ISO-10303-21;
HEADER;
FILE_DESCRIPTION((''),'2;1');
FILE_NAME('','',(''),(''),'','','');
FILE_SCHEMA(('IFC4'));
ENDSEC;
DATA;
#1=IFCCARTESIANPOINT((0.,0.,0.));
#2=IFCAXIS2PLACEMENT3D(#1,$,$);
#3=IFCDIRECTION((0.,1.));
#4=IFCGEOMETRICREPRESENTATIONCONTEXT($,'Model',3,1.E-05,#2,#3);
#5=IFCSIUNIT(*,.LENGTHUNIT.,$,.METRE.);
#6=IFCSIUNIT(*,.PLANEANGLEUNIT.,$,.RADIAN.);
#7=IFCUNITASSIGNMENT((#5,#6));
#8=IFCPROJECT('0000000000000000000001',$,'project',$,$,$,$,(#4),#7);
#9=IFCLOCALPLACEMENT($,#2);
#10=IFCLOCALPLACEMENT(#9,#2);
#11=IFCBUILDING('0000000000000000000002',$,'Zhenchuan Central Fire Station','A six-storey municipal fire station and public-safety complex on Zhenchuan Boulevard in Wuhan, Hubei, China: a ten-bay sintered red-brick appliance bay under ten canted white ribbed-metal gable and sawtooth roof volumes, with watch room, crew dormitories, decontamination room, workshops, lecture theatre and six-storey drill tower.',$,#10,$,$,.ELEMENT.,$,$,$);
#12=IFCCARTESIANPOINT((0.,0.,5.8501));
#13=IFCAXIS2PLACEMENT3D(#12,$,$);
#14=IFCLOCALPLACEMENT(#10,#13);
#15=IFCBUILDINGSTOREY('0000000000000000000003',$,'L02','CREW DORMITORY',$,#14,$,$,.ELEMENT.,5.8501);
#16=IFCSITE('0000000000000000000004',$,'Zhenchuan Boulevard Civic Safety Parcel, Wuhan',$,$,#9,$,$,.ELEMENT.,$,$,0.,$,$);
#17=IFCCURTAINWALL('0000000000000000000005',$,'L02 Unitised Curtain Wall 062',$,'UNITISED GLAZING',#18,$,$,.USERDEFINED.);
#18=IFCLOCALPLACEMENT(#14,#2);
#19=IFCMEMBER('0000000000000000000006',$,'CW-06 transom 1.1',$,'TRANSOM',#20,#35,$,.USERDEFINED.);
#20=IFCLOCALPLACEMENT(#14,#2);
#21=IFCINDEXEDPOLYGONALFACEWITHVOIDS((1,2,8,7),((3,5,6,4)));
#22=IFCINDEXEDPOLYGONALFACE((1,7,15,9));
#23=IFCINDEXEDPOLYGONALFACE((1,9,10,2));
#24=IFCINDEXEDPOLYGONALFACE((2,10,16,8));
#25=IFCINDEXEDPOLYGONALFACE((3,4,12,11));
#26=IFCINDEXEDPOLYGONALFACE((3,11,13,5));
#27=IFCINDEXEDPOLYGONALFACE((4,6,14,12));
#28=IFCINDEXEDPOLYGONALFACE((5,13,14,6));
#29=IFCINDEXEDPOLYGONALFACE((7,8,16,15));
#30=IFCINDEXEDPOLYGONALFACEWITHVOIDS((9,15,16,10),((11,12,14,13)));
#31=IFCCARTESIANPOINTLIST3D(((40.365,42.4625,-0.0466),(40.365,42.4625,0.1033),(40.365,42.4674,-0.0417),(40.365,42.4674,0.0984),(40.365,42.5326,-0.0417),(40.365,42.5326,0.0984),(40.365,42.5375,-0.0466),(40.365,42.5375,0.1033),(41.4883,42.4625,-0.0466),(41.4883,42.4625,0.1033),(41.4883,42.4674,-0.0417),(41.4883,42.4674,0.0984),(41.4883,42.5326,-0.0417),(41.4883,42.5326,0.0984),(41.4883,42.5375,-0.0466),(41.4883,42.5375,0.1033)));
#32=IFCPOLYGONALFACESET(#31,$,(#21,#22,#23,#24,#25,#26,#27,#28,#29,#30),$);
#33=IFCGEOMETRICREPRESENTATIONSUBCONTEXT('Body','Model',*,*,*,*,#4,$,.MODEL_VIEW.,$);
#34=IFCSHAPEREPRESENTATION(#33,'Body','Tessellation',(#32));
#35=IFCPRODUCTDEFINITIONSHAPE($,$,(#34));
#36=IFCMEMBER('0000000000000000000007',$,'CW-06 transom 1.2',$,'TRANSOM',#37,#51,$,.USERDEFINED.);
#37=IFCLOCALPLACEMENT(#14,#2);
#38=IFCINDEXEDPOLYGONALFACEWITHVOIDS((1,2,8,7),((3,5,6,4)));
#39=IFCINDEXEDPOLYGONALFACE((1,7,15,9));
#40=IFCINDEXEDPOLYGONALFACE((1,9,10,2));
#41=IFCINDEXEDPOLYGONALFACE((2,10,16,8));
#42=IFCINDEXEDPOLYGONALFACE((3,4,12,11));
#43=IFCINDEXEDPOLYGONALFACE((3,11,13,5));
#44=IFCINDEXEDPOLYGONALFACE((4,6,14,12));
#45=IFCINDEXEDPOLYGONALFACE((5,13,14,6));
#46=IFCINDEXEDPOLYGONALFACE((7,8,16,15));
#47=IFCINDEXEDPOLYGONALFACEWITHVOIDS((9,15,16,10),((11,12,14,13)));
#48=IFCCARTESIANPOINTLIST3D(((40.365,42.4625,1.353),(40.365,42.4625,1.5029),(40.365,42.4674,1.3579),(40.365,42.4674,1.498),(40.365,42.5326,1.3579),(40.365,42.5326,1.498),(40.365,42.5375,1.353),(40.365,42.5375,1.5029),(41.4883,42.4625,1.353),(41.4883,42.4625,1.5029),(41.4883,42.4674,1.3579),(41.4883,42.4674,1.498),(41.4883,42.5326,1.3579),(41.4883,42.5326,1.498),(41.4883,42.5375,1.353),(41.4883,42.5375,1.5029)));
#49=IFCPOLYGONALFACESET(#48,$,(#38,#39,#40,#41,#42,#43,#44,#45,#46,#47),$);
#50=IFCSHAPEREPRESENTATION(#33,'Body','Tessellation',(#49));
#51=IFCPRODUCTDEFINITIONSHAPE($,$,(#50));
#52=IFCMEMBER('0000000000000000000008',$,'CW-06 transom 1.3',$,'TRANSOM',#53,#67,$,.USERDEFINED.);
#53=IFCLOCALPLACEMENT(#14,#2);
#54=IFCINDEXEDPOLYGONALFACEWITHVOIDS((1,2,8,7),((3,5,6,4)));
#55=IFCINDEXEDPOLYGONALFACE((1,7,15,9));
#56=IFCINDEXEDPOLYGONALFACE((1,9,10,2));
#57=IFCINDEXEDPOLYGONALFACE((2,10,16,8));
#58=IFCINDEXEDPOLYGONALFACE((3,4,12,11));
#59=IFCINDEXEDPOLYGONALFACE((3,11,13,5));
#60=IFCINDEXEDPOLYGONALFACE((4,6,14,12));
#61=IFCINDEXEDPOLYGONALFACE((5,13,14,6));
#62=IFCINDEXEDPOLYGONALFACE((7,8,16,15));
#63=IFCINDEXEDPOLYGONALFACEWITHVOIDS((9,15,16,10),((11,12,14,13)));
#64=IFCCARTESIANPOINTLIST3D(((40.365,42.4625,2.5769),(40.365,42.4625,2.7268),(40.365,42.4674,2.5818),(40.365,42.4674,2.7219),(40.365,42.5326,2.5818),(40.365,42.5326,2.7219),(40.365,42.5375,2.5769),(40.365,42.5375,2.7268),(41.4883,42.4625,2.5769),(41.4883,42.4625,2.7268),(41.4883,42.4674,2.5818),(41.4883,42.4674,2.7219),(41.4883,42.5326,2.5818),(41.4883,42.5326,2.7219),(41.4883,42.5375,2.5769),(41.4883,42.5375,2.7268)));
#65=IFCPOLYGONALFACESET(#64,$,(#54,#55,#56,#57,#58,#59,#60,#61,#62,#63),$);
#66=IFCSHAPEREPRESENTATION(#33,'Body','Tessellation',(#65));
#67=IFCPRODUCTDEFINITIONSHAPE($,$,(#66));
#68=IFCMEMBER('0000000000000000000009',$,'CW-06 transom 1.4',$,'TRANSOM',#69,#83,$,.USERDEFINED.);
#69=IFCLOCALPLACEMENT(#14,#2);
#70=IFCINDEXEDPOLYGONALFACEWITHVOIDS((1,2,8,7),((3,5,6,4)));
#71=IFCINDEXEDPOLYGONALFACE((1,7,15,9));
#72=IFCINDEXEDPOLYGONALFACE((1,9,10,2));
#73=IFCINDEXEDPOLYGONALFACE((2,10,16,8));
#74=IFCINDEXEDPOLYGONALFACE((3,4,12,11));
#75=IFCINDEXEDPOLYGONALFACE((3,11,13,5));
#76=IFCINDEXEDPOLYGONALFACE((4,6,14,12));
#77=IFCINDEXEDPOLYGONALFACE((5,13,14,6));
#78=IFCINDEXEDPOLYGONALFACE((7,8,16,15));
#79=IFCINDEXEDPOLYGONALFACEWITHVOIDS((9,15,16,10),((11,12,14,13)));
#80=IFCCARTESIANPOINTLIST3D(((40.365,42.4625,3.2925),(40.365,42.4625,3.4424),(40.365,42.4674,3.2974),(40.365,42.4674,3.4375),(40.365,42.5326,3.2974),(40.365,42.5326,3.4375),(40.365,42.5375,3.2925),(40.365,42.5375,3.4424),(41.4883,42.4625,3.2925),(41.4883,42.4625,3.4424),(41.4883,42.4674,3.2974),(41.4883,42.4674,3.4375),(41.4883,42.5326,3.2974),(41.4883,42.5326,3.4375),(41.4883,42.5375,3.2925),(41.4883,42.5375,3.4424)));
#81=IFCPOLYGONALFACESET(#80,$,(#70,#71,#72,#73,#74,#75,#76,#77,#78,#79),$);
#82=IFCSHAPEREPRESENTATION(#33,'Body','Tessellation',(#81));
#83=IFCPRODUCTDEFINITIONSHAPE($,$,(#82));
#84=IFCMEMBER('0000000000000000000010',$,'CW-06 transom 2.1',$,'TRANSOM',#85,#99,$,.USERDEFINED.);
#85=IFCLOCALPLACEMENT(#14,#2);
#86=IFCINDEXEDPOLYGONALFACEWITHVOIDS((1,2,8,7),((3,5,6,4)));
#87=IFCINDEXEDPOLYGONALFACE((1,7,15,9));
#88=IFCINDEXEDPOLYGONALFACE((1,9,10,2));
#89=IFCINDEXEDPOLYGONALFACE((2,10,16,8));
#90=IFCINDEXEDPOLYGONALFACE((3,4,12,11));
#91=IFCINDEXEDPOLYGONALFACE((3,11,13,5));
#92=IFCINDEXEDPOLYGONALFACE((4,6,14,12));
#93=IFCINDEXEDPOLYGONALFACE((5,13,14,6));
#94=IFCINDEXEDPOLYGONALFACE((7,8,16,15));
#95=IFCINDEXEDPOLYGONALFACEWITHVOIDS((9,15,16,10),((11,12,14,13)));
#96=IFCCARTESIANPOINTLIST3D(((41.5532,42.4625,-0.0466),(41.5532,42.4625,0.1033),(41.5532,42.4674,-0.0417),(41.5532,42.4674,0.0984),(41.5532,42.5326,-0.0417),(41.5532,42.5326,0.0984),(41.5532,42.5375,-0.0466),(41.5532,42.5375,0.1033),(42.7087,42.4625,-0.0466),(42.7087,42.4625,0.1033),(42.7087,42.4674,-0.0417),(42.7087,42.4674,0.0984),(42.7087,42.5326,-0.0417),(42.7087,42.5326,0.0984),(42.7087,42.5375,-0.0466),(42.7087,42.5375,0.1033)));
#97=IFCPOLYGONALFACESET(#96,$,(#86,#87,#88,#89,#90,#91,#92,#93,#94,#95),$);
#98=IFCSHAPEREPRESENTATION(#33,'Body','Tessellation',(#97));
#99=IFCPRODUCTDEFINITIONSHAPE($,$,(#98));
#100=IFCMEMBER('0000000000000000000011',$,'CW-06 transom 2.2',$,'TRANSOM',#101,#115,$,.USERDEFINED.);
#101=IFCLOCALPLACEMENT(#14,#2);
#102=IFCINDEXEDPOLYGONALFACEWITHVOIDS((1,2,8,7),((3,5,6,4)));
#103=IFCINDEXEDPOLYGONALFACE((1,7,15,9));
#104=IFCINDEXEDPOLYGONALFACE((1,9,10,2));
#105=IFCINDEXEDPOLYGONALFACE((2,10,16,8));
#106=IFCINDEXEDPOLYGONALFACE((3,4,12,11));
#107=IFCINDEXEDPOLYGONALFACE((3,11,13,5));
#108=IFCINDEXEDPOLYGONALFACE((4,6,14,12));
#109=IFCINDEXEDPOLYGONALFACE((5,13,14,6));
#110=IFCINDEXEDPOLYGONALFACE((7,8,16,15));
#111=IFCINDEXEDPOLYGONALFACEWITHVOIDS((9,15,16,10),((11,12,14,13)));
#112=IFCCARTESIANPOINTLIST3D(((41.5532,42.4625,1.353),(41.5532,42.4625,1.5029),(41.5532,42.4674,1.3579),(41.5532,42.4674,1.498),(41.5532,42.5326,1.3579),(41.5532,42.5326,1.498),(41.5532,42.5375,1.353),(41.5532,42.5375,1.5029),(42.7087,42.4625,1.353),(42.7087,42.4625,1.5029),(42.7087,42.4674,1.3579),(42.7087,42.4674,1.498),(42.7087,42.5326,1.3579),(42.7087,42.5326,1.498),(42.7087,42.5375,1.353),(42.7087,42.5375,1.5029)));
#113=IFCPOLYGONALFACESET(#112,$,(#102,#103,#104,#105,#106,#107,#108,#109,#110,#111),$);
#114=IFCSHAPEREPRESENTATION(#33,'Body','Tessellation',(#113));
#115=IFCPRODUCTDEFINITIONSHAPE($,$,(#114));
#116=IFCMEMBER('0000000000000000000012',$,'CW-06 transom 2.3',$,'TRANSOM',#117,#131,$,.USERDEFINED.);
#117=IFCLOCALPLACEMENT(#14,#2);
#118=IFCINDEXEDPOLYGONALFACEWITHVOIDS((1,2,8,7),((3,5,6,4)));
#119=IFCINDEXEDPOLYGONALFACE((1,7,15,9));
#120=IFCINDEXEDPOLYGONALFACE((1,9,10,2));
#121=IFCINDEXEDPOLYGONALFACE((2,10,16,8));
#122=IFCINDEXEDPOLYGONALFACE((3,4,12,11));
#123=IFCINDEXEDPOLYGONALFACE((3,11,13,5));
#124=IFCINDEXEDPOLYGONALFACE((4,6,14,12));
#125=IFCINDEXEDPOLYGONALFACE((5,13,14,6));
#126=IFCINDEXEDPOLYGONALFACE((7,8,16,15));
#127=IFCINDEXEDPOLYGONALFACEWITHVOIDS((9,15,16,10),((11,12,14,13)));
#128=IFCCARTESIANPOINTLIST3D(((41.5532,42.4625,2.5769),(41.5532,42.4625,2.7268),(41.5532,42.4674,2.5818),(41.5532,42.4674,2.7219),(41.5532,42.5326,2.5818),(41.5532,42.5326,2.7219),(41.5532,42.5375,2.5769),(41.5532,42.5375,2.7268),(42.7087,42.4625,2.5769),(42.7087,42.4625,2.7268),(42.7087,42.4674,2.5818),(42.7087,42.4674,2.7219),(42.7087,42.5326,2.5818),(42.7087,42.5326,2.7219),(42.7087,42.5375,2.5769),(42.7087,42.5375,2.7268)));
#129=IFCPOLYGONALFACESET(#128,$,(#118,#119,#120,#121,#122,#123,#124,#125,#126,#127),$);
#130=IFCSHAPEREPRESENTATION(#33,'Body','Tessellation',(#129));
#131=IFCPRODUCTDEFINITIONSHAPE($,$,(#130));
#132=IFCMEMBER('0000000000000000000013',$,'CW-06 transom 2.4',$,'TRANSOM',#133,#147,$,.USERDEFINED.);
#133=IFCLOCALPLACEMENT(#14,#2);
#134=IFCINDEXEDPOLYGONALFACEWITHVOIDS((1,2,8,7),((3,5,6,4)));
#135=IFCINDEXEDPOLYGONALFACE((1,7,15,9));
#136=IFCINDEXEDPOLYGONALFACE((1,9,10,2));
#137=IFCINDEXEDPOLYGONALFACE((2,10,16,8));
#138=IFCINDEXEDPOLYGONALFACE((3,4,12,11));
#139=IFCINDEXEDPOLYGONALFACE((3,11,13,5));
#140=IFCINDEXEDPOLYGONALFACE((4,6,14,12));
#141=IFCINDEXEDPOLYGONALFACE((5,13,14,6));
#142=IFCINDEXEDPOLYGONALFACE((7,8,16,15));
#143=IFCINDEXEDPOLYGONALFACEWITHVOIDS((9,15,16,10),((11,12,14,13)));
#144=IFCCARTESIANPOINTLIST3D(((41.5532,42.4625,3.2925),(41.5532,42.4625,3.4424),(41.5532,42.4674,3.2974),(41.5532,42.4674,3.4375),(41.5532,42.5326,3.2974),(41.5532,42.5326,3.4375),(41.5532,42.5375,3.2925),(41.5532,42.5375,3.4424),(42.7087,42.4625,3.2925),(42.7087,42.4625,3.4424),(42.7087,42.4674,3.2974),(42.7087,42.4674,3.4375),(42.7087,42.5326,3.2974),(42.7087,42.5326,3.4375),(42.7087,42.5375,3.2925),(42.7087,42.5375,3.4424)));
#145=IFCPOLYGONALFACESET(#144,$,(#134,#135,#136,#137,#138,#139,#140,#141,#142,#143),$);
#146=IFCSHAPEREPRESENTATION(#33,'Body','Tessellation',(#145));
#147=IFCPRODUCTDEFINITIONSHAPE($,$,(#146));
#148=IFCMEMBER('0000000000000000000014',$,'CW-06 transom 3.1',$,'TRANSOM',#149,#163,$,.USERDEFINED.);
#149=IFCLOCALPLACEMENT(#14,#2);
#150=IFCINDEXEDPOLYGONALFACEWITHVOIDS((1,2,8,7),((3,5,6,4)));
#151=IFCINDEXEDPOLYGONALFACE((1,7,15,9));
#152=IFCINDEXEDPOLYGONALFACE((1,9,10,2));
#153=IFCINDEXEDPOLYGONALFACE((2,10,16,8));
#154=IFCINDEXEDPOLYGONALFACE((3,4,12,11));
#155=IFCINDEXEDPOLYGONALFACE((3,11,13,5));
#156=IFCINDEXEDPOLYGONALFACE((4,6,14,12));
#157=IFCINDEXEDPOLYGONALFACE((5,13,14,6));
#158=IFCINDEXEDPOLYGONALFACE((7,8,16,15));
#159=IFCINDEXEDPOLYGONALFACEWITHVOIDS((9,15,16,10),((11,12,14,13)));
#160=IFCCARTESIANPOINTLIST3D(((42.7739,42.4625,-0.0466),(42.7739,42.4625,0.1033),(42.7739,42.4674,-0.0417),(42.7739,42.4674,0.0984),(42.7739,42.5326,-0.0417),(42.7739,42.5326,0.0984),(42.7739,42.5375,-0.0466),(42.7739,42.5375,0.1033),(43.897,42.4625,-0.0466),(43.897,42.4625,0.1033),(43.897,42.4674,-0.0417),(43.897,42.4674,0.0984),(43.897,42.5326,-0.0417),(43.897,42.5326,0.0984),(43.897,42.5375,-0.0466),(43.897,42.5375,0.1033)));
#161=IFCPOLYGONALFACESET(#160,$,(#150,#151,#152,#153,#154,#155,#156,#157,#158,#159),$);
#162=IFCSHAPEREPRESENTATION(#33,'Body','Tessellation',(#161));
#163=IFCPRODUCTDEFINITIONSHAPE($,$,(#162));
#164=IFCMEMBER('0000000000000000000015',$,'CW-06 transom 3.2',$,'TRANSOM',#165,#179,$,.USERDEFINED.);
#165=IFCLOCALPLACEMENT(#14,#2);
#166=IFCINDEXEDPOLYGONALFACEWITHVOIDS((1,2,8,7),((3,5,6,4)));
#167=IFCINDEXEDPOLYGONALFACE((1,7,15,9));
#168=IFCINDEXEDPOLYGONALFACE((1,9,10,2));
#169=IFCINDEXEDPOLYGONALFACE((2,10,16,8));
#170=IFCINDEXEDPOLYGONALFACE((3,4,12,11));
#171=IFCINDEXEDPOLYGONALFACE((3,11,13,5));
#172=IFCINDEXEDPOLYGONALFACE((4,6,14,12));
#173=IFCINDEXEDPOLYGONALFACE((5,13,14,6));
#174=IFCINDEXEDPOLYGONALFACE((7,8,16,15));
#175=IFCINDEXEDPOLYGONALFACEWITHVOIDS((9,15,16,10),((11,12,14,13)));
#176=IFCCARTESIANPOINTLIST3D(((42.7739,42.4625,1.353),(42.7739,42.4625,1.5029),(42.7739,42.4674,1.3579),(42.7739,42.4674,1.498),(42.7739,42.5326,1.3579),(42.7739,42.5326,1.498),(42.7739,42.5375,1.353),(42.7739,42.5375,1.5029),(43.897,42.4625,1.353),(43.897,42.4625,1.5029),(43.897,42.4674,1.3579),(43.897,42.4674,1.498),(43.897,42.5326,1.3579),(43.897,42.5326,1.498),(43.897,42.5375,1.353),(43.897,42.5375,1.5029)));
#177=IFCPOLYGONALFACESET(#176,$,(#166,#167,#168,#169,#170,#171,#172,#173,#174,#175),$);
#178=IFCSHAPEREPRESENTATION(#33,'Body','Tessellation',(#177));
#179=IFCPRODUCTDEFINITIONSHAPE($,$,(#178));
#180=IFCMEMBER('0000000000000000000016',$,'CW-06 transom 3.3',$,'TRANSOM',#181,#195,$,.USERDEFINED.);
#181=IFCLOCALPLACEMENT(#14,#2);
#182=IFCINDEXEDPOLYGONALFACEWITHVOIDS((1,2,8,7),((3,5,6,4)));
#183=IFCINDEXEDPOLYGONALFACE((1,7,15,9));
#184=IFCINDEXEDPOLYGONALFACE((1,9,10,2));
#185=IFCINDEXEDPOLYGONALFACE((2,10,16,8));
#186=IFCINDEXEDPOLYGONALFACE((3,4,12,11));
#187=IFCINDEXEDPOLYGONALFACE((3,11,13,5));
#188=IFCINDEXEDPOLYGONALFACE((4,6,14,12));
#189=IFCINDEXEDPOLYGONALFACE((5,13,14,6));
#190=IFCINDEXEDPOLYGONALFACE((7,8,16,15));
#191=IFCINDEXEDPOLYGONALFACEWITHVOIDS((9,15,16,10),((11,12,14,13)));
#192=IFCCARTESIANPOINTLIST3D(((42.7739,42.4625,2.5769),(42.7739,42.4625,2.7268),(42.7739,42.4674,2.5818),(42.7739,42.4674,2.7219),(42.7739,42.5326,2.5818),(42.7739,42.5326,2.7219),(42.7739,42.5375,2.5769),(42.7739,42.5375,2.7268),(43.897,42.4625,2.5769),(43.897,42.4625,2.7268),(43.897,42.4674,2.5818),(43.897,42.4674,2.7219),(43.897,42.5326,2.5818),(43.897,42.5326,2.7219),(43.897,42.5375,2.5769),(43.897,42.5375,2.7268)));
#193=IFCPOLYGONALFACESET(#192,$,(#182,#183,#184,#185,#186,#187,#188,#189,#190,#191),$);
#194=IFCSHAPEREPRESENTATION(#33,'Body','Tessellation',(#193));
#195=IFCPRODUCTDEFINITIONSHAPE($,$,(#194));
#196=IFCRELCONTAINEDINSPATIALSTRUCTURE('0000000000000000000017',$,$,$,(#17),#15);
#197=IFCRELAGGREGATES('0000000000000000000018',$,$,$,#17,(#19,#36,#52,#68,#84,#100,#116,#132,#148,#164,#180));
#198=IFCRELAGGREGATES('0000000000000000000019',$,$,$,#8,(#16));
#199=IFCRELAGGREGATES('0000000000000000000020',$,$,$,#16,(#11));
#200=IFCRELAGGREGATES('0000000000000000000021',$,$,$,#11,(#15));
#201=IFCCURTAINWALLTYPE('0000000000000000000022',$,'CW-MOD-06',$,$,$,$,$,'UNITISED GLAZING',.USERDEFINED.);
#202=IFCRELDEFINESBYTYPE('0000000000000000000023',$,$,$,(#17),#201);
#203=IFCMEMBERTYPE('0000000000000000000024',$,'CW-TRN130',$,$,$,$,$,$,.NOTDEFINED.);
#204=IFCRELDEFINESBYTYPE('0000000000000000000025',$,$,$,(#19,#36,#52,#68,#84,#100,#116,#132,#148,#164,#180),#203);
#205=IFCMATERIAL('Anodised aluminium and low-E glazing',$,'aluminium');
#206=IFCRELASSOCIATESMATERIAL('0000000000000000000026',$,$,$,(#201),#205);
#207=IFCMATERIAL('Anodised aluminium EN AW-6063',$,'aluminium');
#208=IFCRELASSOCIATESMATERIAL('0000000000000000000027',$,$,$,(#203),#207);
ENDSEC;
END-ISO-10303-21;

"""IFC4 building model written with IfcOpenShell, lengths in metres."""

from ifc_helpers import new_model, si_unit, direction, frame, origin, origin_2d, place, context, subcontext, project, spatial, hollow_rectangle, extrude, material, material_profile, profile_set, type_object, element, aggregate, save


model = new_model("IFC4")

# Units and contexts
model_context = context("Model", 3, precision=1e-05, world=origin(), true_north=direction((0.0, 1.0)))
body_context = subcontext(model_context, "Body", "Model", "MODEL_VIEW")
ifc_project = project(units=[si_unit("LENGTHUNIT", "METRE"), si_unit("PLANEANGLEUNIT", "RADIAN")], contexts=[model_context])

# Site, building, storey
site_placement = place(None, origin())
site = spatial("IfcSite", under=ifc_project, at=site_placement, Name="Zhenchuan Boulevard Civic Safety Parcel, Wuhan", CompositionType="ELEMENT", RefElevation=0.0)
building_placement = place(site_placement, origin())
building = spatial("IfcBuilding", under=site, at=building_placement, Name="Zhenchuan Central Fire Station", Description="A six-storey municipal fire station and public-safety complex on Zhenchuan Boulevard in Wuhan, Hubei, China: a ten-bay sintered red-brick appliance bay under ten canted white ribbed-metal gable and sawtooth roof volumes, with watch room, crew dormitories, decontamination room, workshops, lecture theatre and six-storey drill tower.", CompositionType="ELEMENT")
storey_placement = place(building_placement, frame((0.0, 0.0, 5.8501)))
storey = spatial("IfcBuildingStorey", under=building, at=storey_placement, Name="L02", Description="CREW DORMITORY", CompositionType="ELEMENT", Elevation=5.8501)

# Curtain wall
ifc_material_1 = material(Name="Anodised aluminium and low-E glazing", Category="aluminium")
curtain_wall_type_1 = type_object("IfcCurtainWallType", Name="CW-MOD-06", ElementType="UNITISED GLAZING", PredefinedType="USERDEFINED", material=ifc_material_1)
curtain_wall_1_placement = place(storey_placement, origin())
curtain_wall_1 = element("IfcCurtainWall", 1, at=curtain_wall_1_placement, inside=storey, type_object=curtain_wall_type_1, Name="L02 Unitised Curtain Wall 062", ObjectType="UNITISED GLAZING", PredefinedType="USERDEFINED")
ifc_material_2 = material(Name="Anodised aluminium EN AW-6063", Category="aluminium")

# Members
ifc_material_profile_1 = material_profile(ifc_material_2, hollow_rectangle(XDim=0.075, YDim=0.1499, WallThickness=0.0049, at=origin_2d()), Name="ALU-T 150x75")
ifc_profile_set_1 = profile_set([ifc_material_profile_1], Name="Anodised aluminium EN AW-6063")
member_type_1 = type_object("IfcMemberType", Name="CW-TRN130", PredefinedType="NOTDEFINED", material=ifc_profile_set_1)
member_1_placement = place(storey_placement, frame((40.365, 42.5, 0.0283), z_axis=(1.0, 0.0, 0.0), x_axis=(0.0, 1.0, 0.0)))
member_1 = element("IfcMember", 2, at=member_1_placement, type_object=member_type_1, Name="CW-06 transom 1.1", ObjectType="TRANSOM", PredefinedType="USERDEFINED", context=body_context, shape_type="SweptSolid", body=[
    extrude(hollow_rectangle(XDim=0.075, YDim=0.1499, WallThickness=0.0049, at=origin_2d()), origin(), (0.0, 0.0, 1.0), 1.1233),
])
member_2_placement = place(storey_placement, frame((40.365, 42.5, 1.428), z_axis=(1.0, 0.0, 0.0), x_axis=(0.0, 1.0, 0.0)))
member_2 = element("IfcMember", 3, at=member_2_placement, type_object=member_type_1, Name="CW-06 transom 1.2", ObjectType="TRANSOM", PredefinedType="USERDEFINED", context=body_context, shape_type="SweptSolid", body=[
    extrude(hollow_rectangle(XDim=0.075, YDim=0.1499, WallThickness=0.0049, at=origin_2d()), origin(), (0.0, 0.0, 1.0), 1.1233),
])
member_3_placement = place(storey_placement, frame((40.365, 42.5, 2.6519), z_axis=(1.0, 0.0, 0.0), x_axis=(0.0, 1.0, 0.0)))
member_3 = element("IfcMember", 4, at=member_3_placement, type_object=member_type_1, Name="CW-06 transom 1.3", ObjectType="TRANSOM", PredefinedType="USERDEFINED", context=body_context, shape_type="SweptSolid", body=[
    extrude(hollow_rectangle(XDim=0.075, YDim=0.1499, WallThickness=0.0049, at=origin_2d()), origin(), (0.0, 0.0, 1.0), 1.1233),
])
member_4_placement = place(storey_placement, frame((40.365, 42.5, 3.3674), z_axis=(1.0, 0.0, 0.0), x_axis=(0.0, 1.0, 0.0)))
member_4 = element("IfcMember", 5, at=member_4_placement, type_object=member_type_1, Name="CW-06 transom 1.4", ObjectType="TRANSOM", PredefinedType="USERDEFINED", context=body_context, shape_type="SweptSolid", body=[
    extrude(hollow_rectangle(XDim=0.075, YDim=0.1499, WallThickness=0.0049, at=origin_2d()), origin(), (0.0, 0.0, 1.0), 1.1233),
])
member_5_placement = place(storey_placement, frame((41.5532, 42.5, 0.0283), z_axis=(1.0, 0.0, 0.0), x_axis=(0.0, 1.0, 0.0)))
member_5 = element("IfcMember", 6, at=member_5_placement, type_object=member_type_1, Name="CW-06 transom 2.1", ObjectType="TRANSOM", PredefinedType="USERDEFINED", context=body_context, shape_type="SweptSolid", body=[
    extrude(hollow_rectangle(XDim=0.075, YDim=0.1499, WallThickness=0.0049, at=origin_2d()), origin(), (0.0, 0.0, 1.0), 1.1555),
])
member_6_placement = place(storey_placement, frame((41.5532, 42.5, 1.428), z_axis=(1.0, 0.0, 0.0), x_axis=(0.0, 1.0, 0.0)))
member_6 = element("IfcMember", 7, at=member_6_placement, type_object=member_type_1, Name="CW-06 transom 2.2", ObjectType="TRANSOM", PredefinedType="USERDEFINED", context=body_context, shape_type="SweptSolid", body=[
    extrude(hollow_rectangle(XDim=0.075, YDim=0.1499, WallThickness=0.0049, at=origin_2d()), origin(), (0.0, 0.0, 1.0), 1.1555),
])
member_7_placement = place(storey_placement, frame((41.5532, 42.5, 2.6519), z_axis=(1.0, 0.0, 0.0), x_axis=(0.0, 1.0, 0.0)))
member_7 = element("IfcMember", 8, at=member_7_placement, type_object=member_type_1, Name="CW-06 transom 2.3", ObjectType="TRANSOM", PredefinedType="USERDEFINED", context=body_context, shape_type="SweptSolid", body=[
    extrude(hollow_rectangle(XDim=0.075, YDim=0.1499, WallThickness=0.0049, at=origin_2d()), origin(), (0.0, 0.0, 1.0), 1.1555),
])
member_8_placement = place(storey_placement, frame((41.5532, 42.5, 3.3674), z_axis=(1.0, 0.0, 0.0), x_axis=(0.0, 1.0, 0.0)))
member_8 = element("IfcMember", 9, at=member_8_placement, type_object=member_type_1, Name="CW-06 transom 2.4", ObjectType="TRANSOM", PredefinedType="USERDEFINED", context=body_context, shape_type="SweptSolid", body=[
    extrude(hollow_rectangle(XDim=0.075, YDim=0.1499, WallThickness=0.0049, at=origin_2d()), origin(), (0.0, 0.0, 1.0), 1.1555),
])
member_9_placement = place(storey_placement, frame((42.7739, 42.5, 0.0283), z_axis=(1.0, 0.0, 0.0), x_axis=(0.0, 1.0, 0.0)))
member_9 = element("IfcMember", 10, at=member_9_placement, type_object=member_type_1, Name="CW-06 transom 3.1", ObjectType="TRANSOM", PredefinedType="USERDEFINED", context=body_context, shape_type="SweptSolid", body=[
    extrude(hollow_rectangle(XDim=0.075, YDim=0.1499, WallThickness=0.0049, at=origin_2d()), origin(), (0.0, 0.0, 1.0), 1.123),
])
member_10_placement = place(storey_placement, frame((42.7739, 42.5, 1.428), z_axis=(1.0, 0.0, 0.0), x_axis=(0.0, 1.0, 0.0)))
member_10 = element("IfcMember", 11, at=member_10_placement, type_object=member_type_1, Name="CW-06 transom 3.2", ObjectType="TRANSOM", PredefinedType="USERDEFINED", context=body_context, shape_type="SweptSolid", body=[
    extrude(hollow_rectangle(XDim=0.075, YDim=0.1499, WallThickness=0.0049, at=origin_2d()), origin(), (0.0, 0.0, 1.0), 1.123),
])
member_11_placement = place(storey_placement, frame((42.7739, 42.5, 2.6519), z_axis=(1.0, 0.0, 0.0), x_axis=(0.0, 1.0, 0.0)))
member_11 = element("IfcMember", 12, at=member_11_placement, type_object=member_type_1, Name="CW-06 transom 3.3", ObjectType="TRANSOM", PredefinedType="USERDEFINED", context=body_context, shape_type="SweptSolid", body=[
    extrude(hollow_rectangle(XDim=0.075, YDim=0.1499, WallThickness=0.0049, at=origin_2d()), origin(), (0.0, 0.0, 1.0), 1.123),
])

aggregate(curtain_wall_1, [member_1, member_2, member_3, member_4, member_5, member_6, member_7, member_8, member_9, member_10, member_11])

save(model, "model.ifc")
